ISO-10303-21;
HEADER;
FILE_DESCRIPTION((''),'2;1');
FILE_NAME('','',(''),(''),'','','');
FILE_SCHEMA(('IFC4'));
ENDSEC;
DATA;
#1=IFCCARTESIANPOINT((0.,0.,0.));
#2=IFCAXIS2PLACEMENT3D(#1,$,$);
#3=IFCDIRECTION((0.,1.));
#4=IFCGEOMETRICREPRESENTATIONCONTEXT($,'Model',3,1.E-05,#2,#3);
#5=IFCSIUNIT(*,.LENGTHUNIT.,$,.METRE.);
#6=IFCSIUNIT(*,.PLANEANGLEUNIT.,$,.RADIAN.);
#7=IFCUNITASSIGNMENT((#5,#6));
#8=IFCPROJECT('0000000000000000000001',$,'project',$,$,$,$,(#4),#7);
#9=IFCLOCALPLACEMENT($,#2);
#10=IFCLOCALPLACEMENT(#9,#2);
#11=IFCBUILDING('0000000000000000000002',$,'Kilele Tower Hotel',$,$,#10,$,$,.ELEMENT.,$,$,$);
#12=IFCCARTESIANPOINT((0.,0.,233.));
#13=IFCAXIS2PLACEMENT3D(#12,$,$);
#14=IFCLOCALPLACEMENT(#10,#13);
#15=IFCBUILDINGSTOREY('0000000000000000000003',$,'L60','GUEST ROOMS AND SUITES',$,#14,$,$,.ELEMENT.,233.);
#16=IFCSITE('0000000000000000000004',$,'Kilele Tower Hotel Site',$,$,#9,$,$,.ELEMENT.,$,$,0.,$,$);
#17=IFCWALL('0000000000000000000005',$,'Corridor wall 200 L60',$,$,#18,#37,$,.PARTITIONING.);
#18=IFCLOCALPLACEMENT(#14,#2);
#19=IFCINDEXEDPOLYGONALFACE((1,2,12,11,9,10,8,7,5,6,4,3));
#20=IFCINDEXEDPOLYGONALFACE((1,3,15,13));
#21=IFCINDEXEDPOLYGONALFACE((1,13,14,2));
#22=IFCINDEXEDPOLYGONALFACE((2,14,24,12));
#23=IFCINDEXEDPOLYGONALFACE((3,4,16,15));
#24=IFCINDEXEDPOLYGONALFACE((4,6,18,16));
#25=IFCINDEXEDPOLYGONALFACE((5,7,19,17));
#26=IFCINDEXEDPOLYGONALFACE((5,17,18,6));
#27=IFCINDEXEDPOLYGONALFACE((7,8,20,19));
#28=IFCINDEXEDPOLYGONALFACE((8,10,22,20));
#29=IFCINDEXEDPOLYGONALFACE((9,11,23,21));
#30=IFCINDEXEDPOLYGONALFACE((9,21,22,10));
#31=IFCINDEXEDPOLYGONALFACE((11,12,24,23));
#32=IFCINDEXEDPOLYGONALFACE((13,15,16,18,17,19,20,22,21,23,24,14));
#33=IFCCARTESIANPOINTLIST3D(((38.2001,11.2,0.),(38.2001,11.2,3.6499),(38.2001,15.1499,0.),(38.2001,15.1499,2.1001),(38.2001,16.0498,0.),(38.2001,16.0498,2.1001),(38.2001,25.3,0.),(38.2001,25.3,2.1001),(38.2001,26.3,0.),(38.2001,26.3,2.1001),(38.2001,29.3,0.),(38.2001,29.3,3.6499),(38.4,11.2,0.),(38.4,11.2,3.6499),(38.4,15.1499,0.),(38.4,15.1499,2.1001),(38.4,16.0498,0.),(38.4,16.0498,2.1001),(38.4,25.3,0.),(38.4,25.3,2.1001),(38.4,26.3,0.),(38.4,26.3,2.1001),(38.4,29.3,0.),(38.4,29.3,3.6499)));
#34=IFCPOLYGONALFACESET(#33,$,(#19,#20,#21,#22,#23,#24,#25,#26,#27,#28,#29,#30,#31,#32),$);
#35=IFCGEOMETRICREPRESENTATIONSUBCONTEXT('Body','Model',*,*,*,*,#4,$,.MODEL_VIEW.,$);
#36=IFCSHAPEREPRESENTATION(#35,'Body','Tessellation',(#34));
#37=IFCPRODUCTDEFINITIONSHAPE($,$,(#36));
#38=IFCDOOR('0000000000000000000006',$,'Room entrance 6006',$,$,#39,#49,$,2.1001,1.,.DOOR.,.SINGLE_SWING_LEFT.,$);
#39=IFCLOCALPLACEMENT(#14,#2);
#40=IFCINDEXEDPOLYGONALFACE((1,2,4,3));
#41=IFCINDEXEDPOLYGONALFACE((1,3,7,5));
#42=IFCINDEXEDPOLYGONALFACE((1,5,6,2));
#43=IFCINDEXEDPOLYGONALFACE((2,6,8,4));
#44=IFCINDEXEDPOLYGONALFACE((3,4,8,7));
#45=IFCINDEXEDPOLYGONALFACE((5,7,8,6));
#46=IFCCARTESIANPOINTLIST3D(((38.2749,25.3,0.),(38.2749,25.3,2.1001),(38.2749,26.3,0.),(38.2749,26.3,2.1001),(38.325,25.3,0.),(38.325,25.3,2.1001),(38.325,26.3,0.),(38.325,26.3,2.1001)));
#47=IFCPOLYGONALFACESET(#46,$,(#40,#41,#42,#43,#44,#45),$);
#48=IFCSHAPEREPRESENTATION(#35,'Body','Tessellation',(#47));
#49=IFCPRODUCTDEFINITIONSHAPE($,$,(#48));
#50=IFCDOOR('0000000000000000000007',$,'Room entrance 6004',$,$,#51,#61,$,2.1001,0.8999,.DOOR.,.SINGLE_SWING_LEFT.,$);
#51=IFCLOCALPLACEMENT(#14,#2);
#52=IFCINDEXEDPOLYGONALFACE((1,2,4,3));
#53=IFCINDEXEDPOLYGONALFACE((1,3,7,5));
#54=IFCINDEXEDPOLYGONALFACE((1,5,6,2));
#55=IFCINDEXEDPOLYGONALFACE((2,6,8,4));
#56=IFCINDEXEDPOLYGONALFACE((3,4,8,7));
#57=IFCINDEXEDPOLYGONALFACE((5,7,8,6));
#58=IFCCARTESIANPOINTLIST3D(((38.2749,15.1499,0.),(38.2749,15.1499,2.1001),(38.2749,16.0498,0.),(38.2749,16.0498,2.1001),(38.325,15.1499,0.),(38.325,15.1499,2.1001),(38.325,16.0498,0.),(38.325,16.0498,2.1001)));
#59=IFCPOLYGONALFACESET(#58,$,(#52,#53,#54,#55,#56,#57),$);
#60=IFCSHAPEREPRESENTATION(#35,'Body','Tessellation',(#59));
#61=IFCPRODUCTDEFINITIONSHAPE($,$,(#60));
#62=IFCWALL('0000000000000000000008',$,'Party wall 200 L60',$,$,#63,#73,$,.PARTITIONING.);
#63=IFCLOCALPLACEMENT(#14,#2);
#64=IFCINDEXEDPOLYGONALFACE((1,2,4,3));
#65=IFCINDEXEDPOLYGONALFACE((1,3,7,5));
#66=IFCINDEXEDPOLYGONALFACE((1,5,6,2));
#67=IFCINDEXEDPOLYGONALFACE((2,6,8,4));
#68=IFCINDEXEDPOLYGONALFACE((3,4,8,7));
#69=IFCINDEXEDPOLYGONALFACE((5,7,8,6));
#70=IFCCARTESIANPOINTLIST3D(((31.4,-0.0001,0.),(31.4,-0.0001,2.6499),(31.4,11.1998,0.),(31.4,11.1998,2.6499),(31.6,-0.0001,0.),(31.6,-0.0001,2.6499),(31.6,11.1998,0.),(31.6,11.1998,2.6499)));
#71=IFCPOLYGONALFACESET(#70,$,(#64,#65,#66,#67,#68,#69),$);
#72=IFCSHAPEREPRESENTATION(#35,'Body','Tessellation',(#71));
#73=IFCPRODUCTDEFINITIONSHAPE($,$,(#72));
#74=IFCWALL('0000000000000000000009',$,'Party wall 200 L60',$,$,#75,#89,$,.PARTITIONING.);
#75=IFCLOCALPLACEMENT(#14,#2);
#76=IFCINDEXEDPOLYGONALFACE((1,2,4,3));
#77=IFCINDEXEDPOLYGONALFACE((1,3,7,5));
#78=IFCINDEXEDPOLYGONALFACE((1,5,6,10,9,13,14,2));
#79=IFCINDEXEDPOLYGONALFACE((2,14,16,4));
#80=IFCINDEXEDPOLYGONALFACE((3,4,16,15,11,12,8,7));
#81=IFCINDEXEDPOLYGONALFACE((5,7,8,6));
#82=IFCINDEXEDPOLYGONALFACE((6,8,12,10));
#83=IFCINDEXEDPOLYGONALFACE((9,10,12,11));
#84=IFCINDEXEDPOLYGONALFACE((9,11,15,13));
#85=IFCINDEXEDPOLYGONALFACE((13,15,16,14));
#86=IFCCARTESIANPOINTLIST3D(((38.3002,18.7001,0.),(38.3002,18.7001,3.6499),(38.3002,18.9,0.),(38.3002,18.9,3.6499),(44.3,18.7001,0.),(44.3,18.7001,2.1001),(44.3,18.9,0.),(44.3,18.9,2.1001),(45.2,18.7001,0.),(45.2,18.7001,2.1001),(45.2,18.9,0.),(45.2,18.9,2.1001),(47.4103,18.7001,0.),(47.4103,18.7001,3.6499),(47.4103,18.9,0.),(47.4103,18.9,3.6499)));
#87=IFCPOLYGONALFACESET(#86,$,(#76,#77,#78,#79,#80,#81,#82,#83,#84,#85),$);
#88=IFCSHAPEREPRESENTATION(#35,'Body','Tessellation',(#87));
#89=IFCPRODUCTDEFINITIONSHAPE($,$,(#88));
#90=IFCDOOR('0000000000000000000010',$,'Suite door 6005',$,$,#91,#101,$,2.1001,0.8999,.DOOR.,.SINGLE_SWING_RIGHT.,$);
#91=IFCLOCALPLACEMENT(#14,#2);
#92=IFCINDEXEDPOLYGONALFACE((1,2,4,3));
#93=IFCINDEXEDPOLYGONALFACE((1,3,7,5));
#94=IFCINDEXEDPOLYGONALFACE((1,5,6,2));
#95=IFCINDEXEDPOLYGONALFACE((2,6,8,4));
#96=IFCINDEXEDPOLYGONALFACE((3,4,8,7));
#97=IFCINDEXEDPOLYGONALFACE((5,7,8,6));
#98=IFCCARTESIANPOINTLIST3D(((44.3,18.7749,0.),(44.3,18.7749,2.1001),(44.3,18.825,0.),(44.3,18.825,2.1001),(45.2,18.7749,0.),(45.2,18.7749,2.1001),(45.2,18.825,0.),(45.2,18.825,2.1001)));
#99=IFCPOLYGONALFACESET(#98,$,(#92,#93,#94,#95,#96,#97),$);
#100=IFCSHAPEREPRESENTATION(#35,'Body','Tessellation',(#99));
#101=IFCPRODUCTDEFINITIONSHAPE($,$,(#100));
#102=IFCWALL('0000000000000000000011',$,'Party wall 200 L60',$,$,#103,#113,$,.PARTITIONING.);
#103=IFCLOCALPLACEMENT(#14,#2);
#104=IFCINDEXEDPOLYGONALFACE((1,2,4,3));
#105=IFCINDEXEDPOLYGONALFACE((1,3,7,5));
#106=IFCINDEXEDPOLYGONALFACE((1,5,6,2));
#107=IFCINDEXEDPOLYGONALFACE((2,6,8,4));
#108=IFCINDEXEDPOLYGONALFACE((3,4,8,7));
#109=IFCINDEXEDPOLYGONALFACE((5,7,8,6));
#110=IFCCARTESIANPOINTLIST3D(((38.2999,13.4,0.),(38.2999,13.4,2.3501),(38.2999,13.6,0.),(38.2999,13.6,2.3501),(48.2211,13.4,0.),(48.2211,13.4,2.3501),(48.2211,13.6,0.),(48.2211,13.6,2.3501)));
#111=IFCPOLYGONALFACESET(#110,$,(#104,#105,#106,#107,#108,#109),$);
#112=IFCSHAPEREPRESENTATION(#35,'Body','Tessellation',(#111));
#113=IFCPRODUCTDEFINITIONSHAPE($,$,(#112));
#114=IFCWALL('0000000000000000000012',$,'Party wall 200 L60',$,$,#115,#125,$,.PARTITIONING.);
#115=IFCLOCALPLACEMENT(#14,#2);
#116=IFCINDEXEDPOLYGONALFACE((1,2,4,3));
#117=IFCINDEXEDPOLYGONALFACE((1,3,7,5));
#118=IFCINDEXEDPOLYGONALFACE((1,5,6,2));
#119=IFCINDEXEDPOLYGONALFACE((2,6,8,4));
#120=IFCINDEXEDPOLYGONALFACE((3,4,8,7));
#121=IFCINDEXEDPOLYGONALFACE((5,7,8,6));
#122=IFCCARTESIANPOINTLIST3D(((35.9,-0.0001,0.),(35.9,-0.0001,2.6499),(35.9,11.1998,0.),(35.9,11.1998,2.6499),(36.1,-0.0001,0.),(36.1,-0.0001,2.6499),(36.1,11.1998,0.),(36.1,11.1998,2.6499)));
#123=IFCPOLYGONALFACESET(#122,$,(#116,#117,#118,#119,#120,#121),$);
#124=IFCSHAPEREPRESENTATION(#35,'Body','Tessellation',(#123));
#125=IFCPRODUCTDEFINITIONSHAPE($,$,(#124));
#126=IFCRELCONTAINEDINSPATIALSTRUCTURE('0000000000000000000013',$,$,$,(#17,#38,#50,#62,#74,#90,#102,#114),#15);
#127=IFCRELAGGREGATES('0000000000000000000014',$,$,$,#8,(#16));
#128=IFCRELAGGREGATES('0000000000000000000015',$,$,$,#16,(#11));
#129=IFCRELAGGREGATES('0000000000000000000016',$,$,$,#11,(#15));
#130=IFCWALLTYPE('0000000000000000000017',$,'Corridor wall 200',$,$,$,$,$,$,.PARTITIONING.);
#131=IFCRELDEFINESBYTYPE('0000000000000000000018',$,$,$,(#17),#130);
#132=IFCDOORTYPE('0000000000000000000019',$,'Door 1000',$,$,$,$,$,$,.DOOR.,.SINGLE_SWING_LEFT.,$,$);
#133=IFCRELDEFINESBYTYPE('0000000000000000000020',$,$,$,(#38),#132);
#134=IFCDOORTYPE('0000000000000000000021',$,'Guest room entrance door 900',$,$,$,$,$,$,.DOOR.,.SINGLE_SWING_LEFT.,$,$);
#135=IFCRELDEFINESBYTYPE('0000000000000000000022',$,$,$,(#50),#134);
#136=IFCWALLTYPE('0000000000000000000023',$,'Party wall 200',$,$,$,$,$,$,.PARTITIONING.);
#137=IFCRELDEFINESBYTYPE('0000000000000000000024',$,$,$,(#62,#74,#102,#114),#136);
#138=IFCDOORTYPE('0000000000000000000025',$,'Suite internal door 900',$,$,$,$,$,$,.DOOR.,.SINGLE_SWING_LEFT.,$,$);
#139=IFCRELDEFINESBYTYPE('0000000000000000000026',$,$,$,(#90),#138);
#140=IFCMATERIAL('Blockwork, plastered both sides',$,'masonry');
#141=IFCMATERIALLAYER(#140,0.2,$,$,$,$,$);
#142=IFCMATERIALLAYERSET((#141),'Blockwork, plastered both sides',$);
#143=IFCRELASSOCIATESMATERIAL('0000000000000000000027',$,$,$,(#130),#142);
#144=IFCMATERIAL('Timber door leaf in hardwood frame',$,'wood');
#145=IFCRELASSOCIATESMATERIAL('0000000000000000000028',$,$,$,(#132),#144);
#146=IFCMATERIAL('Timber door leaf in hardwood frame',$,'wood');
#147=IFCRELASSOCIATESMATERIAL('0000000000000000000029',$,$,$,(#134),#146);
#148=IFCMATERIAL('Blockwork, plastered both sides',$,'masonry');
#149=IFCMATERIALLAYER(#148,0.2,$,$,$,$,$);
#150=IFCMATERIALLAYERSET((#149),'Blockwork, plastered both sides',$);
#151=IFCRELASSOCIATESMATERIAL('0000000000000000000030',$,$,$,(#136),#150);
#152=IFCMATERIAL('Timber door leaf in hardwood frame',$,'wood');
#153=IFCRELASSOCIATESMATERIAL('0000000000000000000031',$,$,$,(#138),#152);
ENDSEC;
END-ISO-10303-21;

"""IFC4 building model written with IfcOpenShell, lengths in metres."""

from ifc_helpers import new_model, si_unit, direction, frame, frame_2d, origin, place, context, subcontext, project, spatial, rectangle, extrude, material, layer, layer_set, type_object, element, fill, save


model = new_model("IFC4")

# Units and contexts
model_context = context("Model", 3, precision=1e-05, world=origin(), true_north=direction((0.0, 1.0)))
body_context = subcontext(model_context, "Body", "Model", "MODEL_VIEW")
ifc_project = project(units=[si_unit("LENGTHUNIT", "METRE"), si_unit("PLANEANGLEUNIT", "RADIAN")], contexts=[model_context])

# Site, building, storey
site_placement = place(None, origin())
site = spatial("IfcSite", under=ifc_project, at=site_placement, Name="Kilele Tower Hotel Site", CompositionType="ELEMENT", RefElevation=0.0)
building_placement = place(site_placement, origin())
building = spatial("IfcBuilding", under=site, at=building_placement, Name="Kilele Tower Hotel", CompositionType="ELEMENT")
storey_placement = place(building_placement, frame((0.0, 0.0, 233.0)))
storey = spatial("IfcBuildingStorey", under=building, at=storey_placement, Name="L60", Description="GUEST ROOMS AND SUITES", CompositionType="ELEMENT", Elevation=233.0)

# Wall, openings, doors
ifc_material_1 = material(Name="Blockwork, plastered both sides", Category="masonry")
ifc_layer_1 = layer(ifc_material_1, 0.2)
ifc_layer_set_1 = layer_set([ifc_layer_1], Name="Blockwork, plastered both sides")
wall_type_1 = type_object("IfcWallType", Name="Corridor wall 200", PredefinedType="PARTITIONING", material=ifc_layer_set_1)
wall_1_placement = place(storey_placement, frame((38.3, 11.2, 0.0), z_axis=(0.0, 0.0, 1.0), x_axis=(0.0, 1.0, 0.0)))
wall_1 = element("IfcWall", 1, at=wall_1_placement, inside=storey, type_object=wall_type_1, Name="Corridor wall 200 L60", PredefinedType="PARTITIONING", context=body_context, shape_type="SweptSolid", body=[
    extrude(rectangle(XDim=18.1001, YDim=0.2, at=frame_2d((9.05, 0.0))), origin(), (0.0, 0.0, 1.0), 3.6499),
])
opening_1_placement = place(wall_1_placement, frame((4.8499, 0.0, 0.0), z_axis=(0.0, 0.0, 1.0), x_axis=(-1.0, 0.0, 0.0)))
opening_1 = element("IfcOpeningElement", 2, at=opening_1_placement, cuts=wall_1, PredefinedType="OPENING", context=body_context, shape_type="SweptSolid", body=[
    extrude(rectangle(XDim=0.8999, YDim=2.1001, at=frame_2d((0.45, 1.05))), frame((0.0, 0.1099, 0.0), z_axis=(0.0, -1.0, 0.0), x_axis=(1.0, 0.0, 0.0)), (0.0, 0.0, 1.0), 0.22),
])
opening_2_placement = place(wall_1_placement, frame((15.1001, 0.0, 0.0), z_axis=(0.0, 0.0, 1.0), x_axis=(-1.0, 0.0, 0.0)))
opening_2 = element("IfcOpeningElement", 3, at=opening_2_placement, cuts=wall_1, PredefinedType="OPENING", context=body_context, shape_type="SweptSolid", body=[
    extrude(rectangle(XDim=1.0, YDim=2.1001, at=frame_2d((0.5, 1.05))), frame((0.0, 0.1099, 0.0), z_axis=(0.0, -1.0, 0.0), x_axis=(1.0, 0.0, 0.0)), (0.0, 0.0, 1.0), 0.22),
])
ifc_material_2 = material(Name="Timber door leaf in hardwood frame", Category="wood")
door_type_1 = type_object("IfcDoorType", Name="Door 1000", OperationType="SINGLE_SWING_LEFT", PredefinedType="DOOR", material=ifc_material_2)
door_1_placement = place(opening_2_placement, origin())
door_1 = element("IfcDoor", 4, at=door_1_placement, inside=storey, type_object=door_type_1, Name="Room entrance 6006", OperationType="SINGLE_SWING_LEFT", OverallHeight=2.1001, OverallWidth=1.0, PredefinedType="DOOR", context=body_context, shape_type="SweptSolid", body=[
    extrude(rectangle(XDim=1.0, YDim=2.1001, at=frame_2d((0.5, 1.05))), frame((0.0, 0.0249, 0.0), z_axis=(0.0, -1.0, 0.0), x_axis=(1.0, 0.0, 0.0)), (0.0, 0.0, 1.0), 0.05),
])
fill(opening_2, door_1)
ifc_material_3 = material(Name="Timber door leaf in hardwood frame", Category="wood")
door_type_2 = type_object("IfcDoorType", Name="Guest room entrance door 900", OperationType="SINGLE_SWING_LEFT", PredefinedType="DOOR", material=ifc_material_3)
door_2_placement = place(opening_1_placement, origin())
door_2 = element("IfcDoor", 5, at=door_2_placement, inside=storey, type_object=door_type_2, Name="Room entrance 6004", OperationType="SINGLE_SWING_LEFT", OverallHeight=2.1001, OverallWidth=0.8999, PredefinedType="DOOR", context=body_context, shape_type="SweptSolid", body=[
    extrude(rectangle(XDim=0.8999, YDim=2.1001, at=frame_2d((0.45, 1.05))), frame((0.0, 0.0249, 0.0), z_axis=(0.0, -1.0, 0.0), x_axis=(1.0, 0.0, 0.0)), (0.0, 0.0, 1.0), 0.05),
])
fill(opening_1, door_2)

# Wall
ifc_material_4 = material(Name="Blockwork, plastered both sides", Category="masonry")
ifc_layer_2 = layer(ifc_material_4, 0.2)
ifc_layer_set_2 = layer_set([ifc_layer_2], Name="Blockwork, plastered both sides")
wall_type_2 = type_object("IfcWallType", Name="Party wall 200", PredefinedType="PARTITIONING", material=ifc_layer_set_2)
wall_2_placement = place(storey_placement, frame((31.5, 11.2, 0.0), z_axis=(0.0, 0.0, 1.0), x_axis=(0.0, -1.0, 0.0)))
element("IfcWall", 6, at=wall_2_placement, inside=storey, type_object=wall_type_2, Name="Party wall 200 L60", PredefinedType="PARTITIONING", context=body_context, shape_type="SweptSolid", body=[
    extrude(rectangle(XDim=11.2, YDim=0.2, at=frame_2d((5.6001, 0.0))), origin(), (0.0, 0.0, 1.0), 2.6499),
])

# Wall, opening, door
wall_3_placement = place(storey_placement, frame((38.3, 18.8, 0.0), z_axis=(0.0, 0.0, 1.0), x_axis=(1.0, 0.0, 0.0)))
wall_3 = element("IfcWall", 7, at=wall_3_placement, inside=storey, type_object=wall_type_2, Name="Party wall 200 L60", PredefinedType="PARTITIONING", context=body_context, shape_type="SweptSolid", body=[
    extrude(rectangle(XDim=9.1101, YDim=0.2, at=frame_2d((4.5552, 0.0))), origin(), (0.0, 0.0, 1.0), 3.6499),
])
opening_3_placement = place(wall_3_placement, frame((6.0, 0.0, 0.0)))
opening_3 = element("IfcOpeningElement", 8, at=opening_3_placement, cuts=wall_3, PredefinedType="OPENING", context=body_context, shape_type="SweptSolid", body=[
    extrude(rectangle(XDim=0.8999, YDim=2.1001, at=frame_2d((0.45, 1.05))), frame((0.0, 0.1099, 0.0), z_axis=(0.0, -1.0, 0.0), x_axis=(1.0, 0.0, 0.0)), (0.0, 0.0, 1.0), 0.22),
])
ifc_material_5 = material(Name="Timber door leaf in hardwood frame", Category="wood")
door_type_3 = type_object("IfcDoorType", Name="Suite internal door 900", OperationType="SINGLE_SWING_LEFT", PredefinedType="DOOR", material=ifc_material_5)
door_3_placement = place(opening_3_placement, origin())
door_3 = element("IfcDoor", 9, at=door_3_placement, inside=storey, type_object=door_type_3, Name="Suite door 6005", OperationType="SINGLE_SWING_RIGHT", OverallHeight=2.1001, OverallWidth=0.8999, PredefinedType="DOOR", context=body_context, shape_type="SweptSolid", body=[
    extrude(rectangle(XDim=0.8999, YDim=2.1001, at=frame_2d((0.45, 1.05))), frame((0.0, 0.0249, 0.0), z_axis=(0.0, -1.0, 0.0), x_axis=(1.0, 0.0, 0.0)), (0.0, 0.0, 1.0), 0.05),
])
fill(opening_3, door_3)

# Walls
wall_4_placement = place(storey_placement, frame((38.3, 13.5, 0.0), z_axis=(0.0, 0.0, 1.0), x_axis=(1.0, 0.0, 0.0)))
element("IfcWall", 10, at=wall_4_placement, inside=storey, type_object=wall_type_2, Name="Party wall 200 L60", PredefinedType="PARTITIONING", context=body_context, shape_type="SweptSolid", body=[
    extrude(rectangle(XDim=9.9211, YDim=0.2, at=frame_2d((4.9604, 0.0))), origin(), (0.0, 0.0, 1.0), 2.3501),
])
wall_5_placement = place(storey_placement, frame((36.0, 11.2, 0.0), z_axis=(0.0, 0.0, 1.0), x_axis=(0.0, -1.0, 0.0)))
element("IfcWall", 11, at=wall_5_placement, inside=storey, type_object=wall_type_2, Name="Party wall 200 L60", PredefinedType="PARTITIONING", context=body_context, shape_type="SweptSolid", body=[
    extrude(rectangle(XDim=11.2, YDim=0.2, at=frame_2d((5.6001, 0.0))), origin(), (0.0, 0.0, 1.0), 2.6499),
])

save(model, "model.ifc")
